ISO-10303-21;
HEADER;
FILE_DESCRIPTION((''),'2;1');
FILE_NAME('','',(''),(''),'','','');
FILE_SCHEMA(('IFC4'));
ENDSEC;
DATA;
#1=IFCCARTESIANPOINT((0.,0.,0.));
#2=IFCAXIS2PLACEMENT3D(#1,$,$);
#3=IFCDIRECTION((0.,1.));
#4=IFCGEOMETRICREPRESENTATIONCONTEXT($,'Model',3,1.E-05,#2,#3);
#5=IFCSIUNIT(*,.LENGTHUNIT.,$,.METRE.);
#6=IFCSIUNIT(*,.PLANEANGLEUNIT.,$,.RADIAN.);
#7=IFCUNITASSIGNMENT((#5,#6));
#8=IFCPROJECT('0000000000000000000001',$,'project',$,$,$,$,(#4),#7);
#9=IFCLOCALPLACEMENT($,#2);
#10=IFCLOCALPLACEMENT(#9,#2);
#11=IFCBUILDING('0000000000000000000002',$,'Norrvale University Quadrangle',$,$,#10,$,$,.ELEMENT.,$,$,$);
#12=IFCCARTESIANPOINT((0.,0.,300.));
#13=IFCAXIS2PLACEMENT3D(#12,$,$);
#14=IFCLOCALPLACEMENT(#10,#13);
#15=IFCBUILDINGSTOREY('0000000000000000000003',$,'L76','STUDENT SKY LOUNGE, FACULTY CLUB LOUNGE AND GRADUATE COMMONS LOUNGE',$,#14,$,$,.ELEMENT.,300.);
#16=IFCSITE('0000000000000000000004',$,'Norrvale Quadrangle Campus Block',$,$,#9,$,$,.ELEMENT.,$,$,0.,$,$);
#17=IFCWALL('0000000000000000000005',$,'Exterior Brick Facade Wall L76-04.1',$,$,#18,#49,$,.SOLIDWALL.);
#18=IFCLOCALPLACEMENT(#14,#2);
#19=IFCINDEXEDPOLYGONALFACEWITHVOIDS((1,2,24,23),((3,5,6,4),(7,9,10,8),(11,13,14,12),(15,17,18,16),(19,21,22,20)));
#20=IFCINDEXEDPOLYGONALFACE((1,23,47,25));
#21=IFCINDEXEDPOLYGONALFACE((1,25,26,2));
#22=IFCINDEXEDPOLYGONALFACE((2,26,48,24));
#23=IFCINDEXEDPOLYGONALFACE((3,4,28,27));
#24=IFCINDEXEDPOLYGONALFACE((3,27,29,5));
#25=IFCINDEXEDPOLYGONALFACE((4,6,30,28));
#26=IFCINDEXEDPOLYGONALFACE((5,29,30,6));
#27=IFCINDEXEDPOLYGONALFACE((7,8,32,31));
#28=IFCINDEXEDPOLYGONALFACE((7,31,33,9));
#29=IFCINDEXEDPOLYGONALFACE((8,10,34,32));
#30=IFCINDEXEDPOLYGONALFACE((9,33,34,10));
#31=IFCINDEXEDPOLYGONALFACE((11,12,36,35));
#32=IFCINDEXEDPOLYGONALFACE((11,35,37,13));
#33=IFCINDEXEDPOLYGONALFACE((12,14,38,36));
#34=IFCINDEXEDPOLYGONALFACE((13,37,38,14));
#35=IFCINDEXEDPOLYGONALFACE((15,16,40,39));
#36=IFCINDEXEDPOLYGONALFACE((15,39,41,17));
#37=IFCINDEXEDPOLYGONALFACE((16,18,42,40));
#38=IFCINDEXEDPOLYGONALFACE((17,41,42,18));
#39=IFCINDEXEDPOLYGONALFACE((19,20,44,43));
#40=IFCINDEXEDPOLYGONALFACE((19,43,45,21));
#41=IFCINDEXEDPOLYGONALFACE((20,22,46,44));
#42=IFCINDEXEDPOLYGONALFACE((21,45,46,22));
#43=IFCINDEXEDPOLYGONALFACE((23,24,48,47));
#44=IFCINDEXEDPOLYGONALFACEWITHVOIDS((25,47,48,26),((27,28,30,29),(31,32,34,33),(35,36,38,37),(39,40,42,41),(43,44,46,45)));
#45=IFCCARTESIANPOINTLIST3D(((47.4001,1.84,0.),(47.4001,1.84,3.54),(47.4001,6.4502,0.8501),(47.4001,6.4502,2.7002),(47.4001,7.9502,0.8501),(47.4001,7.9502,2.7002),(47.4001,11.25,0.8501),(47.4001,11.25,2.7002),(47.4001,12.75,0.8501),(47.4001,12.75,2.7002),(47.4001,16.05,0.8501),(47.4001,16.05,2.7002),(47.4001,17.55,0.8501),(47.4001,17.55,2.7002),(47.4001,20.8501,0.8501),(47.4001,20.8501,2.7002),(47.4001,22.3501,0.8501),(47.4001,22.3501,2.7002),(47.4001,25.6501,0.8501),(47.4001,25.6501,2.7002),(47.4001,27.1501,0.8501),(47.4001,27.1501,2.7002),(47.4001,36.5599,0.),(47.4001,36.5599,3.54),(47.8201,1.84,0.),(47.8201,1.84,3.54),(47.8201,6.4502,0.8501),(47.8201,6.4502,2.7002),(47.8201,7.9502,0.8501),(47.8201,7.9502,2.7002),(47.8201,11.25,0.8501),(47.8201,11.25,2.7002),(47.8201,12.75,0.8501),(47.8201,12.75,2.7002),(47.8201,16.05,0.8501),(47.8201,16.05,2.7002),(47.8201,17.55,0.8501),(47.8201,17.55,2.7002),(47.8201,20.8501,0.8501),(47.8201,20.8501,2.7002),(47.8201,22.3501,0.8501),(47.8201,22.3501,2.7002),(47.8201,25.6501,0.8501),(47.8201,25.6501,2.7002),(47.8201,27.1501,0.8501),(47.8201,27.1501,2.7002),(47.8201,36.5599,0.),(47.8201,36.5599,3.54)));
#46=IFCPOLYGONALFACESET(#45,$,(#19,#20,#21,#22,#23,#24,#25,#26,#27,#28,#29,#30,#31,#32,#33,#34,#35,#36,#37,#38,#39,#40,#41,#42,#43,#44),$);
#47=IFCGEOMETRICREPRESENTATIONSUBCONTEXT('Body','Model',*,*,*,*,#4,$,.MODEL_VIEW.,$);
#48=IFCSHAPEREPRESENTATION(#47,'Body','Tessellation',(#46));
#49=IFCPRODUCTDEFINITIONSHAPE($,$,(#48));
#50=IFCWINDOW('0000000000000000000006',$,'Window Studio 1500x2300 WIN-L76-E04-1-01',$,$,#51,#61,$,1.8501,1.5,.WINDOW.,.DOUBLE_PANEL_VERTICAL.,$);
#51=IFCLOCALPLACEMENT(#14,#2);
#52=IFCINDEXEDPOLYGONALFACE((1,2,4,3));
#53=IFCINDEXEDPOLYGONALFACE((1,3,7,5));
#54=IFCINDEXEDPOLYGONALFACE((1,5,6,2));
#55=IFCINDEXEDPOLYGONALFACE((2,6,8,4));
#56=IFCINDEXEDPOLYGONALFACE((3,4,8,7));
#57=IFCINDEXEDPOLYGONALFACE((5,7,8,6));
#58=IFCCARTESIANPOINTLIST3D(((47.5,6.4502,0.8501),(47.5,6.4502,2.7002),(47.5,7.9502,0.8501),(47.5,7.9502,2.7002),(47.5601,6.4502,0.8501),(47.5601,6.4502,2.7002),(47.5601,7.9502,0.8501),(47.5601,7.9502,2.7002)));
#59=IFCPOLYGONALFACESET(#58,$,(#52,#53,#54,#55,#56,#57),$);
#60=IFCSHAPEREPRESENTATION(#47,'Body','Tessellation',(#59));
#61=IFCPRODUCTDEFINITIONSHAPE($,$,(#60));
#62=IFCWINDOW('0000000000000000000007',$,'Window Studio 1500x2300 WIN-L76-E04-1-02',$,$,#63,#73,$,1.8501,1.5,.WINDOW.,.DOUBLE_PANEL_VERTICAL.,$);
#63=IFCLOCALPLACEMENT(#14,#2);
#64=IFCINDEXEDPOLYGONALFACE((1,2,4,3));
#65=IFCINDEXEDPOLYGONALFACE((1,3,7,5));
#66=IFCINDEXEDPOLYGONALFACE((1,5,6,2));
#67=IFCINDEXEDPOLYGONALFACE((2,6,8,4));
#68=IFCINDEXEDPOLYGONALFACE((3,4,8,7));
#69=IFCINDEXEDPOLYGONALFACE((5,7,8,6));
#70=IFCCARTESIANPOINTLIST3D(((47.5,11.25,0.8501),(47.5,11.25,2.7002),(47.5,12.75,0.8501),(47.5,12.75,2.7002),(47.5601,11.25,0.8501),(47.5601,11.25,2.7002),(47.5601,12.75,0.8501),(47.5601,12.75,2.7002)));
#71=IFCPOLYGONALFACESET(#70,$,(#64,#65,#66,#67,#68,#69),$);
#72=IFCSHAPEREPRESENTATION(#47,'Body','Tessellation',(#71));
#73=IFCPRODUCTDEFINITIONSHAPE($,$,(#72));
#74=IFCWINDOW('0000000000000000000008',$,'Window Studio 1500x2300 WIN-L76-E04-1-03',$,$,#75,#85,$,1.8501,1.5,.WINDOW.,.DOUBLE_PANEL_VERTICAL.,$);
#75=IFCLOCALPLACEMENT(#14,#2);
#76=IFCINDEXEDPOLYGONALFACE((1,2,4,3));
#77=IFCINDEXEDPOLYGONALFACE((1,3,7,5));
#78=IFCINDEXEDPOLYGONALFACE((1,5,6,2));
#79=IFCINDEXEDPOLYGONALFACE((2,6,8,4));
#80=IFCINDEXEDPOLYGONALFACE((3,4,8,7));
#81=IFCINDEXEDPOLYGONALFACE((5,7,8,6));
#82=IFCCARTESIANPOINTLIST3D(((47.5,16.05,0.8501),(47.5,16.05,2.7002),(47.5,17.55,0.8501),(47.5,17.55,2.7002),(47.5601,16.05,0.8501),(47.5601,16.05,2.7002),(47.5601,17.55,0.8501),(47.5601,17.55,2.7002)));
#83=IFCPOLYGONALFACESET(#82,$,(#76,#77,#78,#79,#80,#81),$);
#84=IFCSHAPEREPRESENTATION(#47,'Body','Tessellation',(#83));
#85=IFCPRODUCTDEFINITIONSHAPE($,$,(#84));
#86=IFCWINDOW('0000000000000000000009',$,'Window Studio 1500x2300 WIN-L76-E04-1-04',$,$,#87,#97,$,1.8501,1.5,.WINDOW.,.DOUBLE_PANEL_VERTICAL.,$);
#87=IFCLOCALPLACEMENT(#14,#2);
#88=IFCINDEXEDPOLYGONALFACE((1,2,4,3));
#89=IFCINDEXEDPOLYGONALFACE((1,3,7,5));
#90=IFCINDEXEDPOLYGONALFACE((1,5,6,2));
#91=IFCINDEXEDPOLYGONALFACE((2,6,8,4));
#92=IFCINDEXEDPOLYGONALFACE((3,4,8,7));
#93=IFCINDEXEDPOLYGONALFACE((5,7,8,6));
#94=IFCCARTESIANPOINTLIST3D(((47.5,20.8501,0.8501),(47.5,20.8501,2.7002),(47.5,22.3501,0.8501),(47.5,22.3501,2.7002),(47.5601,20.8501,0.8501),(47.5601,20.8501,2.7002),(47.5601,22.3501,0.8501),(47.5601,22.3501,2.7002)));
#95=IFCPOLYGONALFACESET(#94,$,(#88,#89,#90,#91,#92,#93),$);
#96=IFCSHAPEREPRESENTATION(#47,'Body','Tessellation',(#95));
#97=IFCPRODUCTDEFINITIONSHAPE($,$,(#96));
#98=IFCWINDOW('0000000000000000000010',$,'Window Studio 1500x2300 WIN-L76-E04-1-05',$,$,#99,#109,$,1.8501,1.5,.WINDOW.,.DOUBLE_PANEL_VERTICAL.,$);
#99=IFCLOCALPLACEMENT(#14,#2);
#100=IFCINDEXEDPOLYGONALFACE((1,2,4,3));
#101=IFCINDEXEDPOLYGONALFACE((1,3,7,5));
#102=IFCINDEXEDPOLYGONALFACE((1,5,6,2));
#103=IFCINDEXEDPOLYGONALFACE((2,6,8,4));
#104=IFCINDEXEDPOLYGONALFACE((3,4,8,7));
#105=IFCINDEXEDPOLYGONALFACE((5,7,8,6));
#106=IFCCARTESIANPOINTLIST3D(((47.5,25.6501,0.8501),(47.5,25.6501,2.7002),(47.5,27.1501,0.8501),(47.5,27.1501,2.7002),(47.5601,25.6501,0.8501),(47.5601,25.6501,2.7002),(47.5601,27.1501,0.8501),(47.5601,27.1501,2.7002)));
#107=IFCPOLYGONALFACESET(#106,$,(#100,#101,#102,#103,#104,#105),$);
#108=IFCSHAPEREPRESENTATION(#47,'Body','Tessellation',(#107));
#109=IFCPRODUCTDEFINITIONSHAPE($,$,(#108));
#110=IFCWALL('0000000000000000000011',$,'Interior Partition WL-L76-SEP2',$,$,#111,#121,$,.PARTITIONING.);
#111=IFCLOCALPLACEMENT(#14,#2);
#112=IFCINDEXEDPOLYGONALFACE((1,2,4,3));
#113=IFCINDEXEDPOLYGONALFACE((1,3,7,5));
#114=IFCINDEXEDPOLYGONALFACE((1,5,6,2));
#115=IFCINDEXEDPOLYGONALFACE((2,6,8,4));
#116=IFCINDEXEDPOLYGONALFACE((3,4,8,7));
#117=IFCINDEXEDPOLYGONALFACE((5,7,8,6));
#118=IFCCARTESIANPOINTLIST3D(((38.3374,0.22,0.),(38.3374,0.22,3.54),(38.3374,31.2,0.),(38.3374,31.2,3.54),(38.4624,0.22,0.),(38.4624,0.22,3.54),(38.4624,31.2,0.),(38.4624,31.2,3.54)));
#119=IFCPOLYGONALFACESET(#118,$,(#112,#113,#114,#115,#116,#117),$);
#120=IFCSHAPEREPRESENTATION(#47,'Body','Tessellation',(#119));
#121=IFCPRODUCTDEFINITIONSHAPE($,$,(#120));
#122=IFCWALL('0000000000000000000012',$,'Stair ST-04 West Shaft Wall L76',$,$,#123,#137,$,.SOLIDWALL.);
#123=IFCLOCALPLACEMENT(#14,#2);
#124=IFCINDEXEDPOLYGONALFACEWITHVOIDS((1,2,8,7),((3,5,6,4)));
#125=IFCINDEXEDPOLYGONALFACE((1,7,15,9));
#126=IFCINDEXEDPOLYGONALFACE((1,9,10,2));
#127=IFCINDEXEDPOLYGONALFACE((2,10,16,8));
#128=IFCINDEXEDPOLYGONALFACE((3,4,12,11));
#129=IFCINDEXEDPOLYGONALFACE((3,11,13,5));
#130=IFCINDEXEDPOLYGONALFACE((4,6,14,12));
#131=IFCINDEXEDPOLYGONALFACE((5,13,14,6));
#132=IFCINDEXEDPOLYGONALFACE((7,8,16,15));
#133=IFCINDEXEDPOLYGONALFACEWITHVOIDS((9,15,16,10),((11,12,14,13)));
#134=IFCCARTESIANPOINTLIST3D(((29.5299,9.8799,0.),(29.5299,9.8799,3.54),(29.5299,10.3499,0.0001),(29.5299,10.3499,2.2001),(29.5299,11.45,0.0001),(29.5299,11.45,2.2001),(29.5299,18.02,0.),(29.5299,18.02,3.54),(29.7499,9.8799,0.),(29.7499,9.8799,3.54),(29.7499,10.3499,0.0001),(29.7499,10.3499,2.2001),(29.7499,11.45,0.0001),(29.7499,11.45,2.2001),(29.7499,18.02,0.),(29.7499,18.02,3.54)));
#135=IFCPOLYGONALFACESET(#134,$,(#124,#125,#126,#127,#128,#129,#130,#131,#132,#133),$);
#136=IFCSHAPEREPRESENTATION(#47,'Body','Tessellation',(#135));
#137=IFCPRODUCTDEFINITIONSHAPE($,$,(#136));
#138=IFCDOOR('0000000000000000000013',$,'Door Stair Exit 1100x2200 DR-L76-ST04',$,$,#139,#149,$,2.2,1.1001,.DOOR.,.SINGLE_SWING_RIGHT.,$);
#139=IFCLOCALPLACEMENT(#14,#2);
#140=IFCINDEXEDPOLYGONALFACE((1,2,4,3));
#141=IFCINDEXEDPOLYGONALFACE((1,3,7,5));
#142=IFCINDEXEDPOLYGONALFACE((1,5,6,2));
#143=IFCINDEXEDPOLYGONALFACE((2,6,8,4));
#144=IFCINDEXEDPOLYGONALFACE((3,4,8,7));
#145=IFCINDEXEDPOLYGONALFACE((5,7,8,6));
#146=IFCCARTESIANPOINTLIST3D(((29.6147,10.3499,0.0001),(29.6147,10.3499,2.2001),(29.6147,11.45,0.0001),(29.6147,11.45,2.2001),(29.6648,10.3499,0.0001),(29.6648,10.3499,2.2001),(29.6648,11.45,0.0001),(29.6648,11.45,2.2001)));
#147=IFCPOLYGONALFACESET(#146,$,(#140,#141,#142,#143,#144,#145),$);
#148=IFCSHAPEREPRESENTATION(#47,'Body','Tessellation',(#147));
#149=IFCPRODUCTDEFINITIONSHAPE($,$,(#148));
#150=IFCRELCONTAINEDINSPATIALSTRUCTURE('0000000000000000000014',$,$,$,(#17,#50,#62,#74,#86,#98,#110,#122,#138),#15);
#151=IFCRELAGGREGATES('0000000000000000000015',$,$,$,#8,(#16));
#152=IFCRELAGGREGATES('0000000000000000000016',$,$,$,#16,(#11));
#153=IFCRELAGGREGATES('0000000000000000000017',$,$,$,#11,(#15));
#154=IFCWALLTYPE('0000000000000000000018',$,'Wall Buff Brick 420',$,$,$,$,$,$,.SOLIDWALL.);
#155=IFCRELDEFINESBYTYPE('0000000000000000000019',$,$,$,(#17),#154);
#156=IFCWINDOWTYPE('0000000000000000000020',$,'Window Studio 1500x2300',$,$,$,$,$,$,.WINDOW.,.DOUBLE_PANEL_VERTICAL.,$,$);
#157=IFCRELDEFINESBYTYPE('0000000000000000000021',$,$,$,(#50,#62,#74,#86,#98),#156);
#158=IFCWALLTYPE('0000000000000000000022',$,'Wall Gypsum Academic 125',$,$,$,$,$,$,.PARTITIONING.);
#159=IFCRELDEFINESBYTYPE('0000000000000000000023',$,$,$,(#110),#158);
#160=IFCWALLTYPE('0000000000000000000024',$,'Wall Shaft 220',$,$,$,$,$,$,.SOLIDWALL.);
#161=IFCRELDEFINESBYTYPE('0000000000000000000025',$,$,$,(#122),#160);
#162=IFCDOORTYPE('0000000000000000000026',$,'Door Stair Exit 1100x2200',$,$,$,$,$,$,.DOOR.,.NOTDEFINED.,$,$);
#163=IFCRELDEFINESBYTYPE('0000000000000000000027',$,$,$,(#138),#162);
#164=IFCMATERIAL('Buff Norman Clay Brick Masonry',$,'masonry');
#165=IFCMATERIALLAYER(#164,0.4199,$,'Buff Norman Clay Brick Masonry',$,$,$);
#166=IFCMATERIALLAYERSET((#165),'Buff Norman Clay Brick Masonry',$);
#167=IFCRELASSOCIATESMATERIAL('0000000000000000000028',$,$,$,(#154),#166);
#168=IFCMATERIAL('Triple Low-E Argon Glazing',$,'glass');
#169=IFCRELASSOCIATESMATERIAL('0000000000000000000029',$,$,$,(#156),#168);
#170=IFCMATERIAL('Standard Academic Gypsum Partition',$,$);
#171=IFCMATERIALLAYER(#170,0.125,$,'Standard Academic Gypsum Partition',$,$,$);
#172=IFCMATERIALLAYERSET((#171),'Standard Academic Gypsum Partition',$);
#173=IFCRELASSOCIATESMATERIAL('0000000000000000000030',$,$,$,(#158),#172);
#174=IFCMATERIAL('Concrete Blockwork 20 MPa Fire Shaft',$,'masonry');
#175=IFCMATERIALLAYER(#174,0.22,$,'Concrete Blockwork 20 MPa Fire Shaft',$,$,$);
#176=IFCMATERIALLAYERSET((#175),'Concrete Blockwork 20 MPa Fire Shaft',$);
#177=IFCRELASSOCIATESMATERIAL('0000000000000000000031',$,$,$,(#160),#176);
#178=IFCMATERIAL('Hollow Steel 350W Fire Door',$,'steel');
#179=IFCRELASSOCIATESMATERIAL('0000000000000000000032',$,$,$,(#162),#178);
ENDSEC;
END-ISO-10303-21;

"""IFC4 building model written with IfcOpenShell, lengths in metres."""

from ifc_helpers import new_model, si_unit, direction, frame, frame_2d, origin, place, context, subcontext, project, spatial, rectangle, extrude, material, layer, layer_set, type_object, element, fill, save


model = new_model("IFC4")

# Units and contexts
model_context = context("Model", 3, precision=1e-05, world=origin(), true_north=direction((0.0, 1.0)))
body_context = subcontext(model_context, "Body", "Model", "MODEL_VIEW")
ifc_project = project(units=[si_unit("LENGTHUNIT", "METRE"), si_unit("PLANEANGLEUNIT", "RADIAN")], contexts=[model_context])

# Site, building, storey
site_placement = place(None, origin())
site = spatial("IfcSite", under=ifc_project, at=site_placement, Name="Norrvale Quadrangle Campus Block", CompositionType="ELEMENT", RefElevation=0.0)
building_placement = place(site_placement, origin())
building = spatial("IfcBuilding", under=site, at=building_placement, Name="Norrvale University Quadrangle", CompositionType="ELEMENT")
storey_placement = place(building_placement, frame((0.0, 0.0, 300.0)))
storey = spatial("IfcBuildingStorey", under=building, at=storey_placement, Name="L76", Description="STUDENT SKY LOUNGE, FACULTY CLUB LOUNGE AND GRADUATE COMMONS LOUNGE", CompositionType="ELEMENT", Elevation=300.0)

# Shared definitions
ifc_material_1 = material(Name="Buff Norman Clay Brick Masonry", Category="masonry")
ifc_layer_1 = layer(ifc_material_1, 0.4199, Name="Buff Norman Clay Brick Masonry")
ifc_layer_set_1 = layer_set([ifc_layer_1], Name="Buff Norman Clay Brick Masonry")
wall_type_1 = type_object("IfcWallType", Name="Wall Buff Brick 420", PredefinedType="SOLIDWALL", material=ifc_layer_set_1)

# Wall, openings, windows
wall_1_placement = place(storey_placement, frame((47.6101, 1.8401, 0.0), z_axis=(0.0, 0.0, 1.0), x_axis=(0.0, 1.0, 0.0)))
wall_1 = element("IfcWall", 1, at=wall_1_placement, inside=storey, type_object=wall_type_1, Name="Exterior Brick Facade Wall L76-04.1", PredefinedType="SOLIDWALL", context=body_context, shape_type="SweptSolid", body=[
    extrude(rectangle(XDim=34.72, YDim=0.4199, at=frame_2d((17.3599, 0.0))), origin(), (0.0, 0.0, 1.0), 3.54),
])
opening_1_placement = place(wall_1_placement, frame((4.6101, 0.0, 0.8501)))
opening_1 = element("IfcOpeningElement", 2, at=opening_1_placement, cuts=wall_1, PredefinedType="OPENING", context=body_context, shape_type="SweptSolid", body=[
    extrude(rectangle(XDim=1.5, YDim=1.8501, at=frame_2d((0.75, 0.925))), frame((0.0, 0.2219, 0.0), z_axis=(0.0, -1.0, 0.0), x_axis=(1.0, 0.0, 0.0)), (0.0, 0.0, 1.0), 0.4438),
])
opening_2_placement = place(wall_1_placement, frame((9.4099, 0.0, 0.8501)))
opening_2 = element("IfcOpeningElement", 3, at=opening_2_placement, cuts=wall_1, PredefinedType="OPENING", context=body_context, shape_type="SweptSolid", body=[
    extrude(rectangle(XDim=1.5, YDim=1.8501, at=frame_2d((0.75, 0.925))), frame((0.0, 0.2219, 0.0), z_axis=(0.0, -1.0, 0.0), x_axis=(1.0, 0.0, 0.0)), (0.0, 0.0, 1.0), 0.4438),
])
opening_3_placement = place(wall_1_placement, frame((14.21, 0.0, 0.8501)))
opening_3 = element("IfcOpeningElement", 4, at=opening_3_placement, cuts=wall_1, PredefinedType="OPENING", context=body_context, shape_type="SweptSolid", body=[
    extrude(rectangle(XDim=1.5, YDim=1.8501, at=frame_2d((0.75, 0.925))), frame((0.0, 0.2219, 0.0), z_axis=(0.0, -1.0, 0.0), x_axis=(1.0, 0.0, 0.0)), (0.0, 0.0, 1.0), 0.4438),
])
opening_4_placement = place(wall_1_placement, frame((19.01, 0.0, 0.8501)))
opening_4 = element("IfcOpeningElement", 5, at=opening_4_placement, cuts=wall_1, PredefinedType="OPENING", context=body_context, shape_type="SweptSolid", body=[
    extrude(rectangle(XDim=1.5, YDim=1.8501, at=frame_2d((0.75, 0.925))), frame((0.0, 0.2219, 0.0), z_axis=(0.0, -1.0, 0.0), x_axis=(1.0, 0.0, 0.0)), (0.0, 0.0, 1.0), 0.4438),
])
opening_5_placement = place(wall_1_placement, frame((23.8101, 0.0, 0.8501)))
opening_5 = element("IfcOpeningElement", 6, at=opening_5_placement, cuts=wall_1, PredefinedType="OPENING", context=body_context, shape_type="SweptSolid", body=[
    extrude(rectangle(XDim=1.5, YDim=1.8501, at=frame_2d((0.75, 0.925))), frame((0.0, 0.2219, 0.0), z_axis=(0.0, -1.0, 0.0), x_axis=(1.0, 0.0, 0.0)), (0.0, 0.0, 1.0), 0.4438),
])
ifc_material_2 = material(Name="Triple Low-E Argon Glazing", Category="glass")
window_type = type_object("IfcWindowType", Name="Window Studio 1500x2300", PartitioningType="DOUBLE_PANEL_VERTICAL", PredefinedType="WINDOW", material=ifc_material_2)
window_1_placement = place(opening_1_placement, origin())
window_1 = element("IfcWindow", 7, at=window_1_placement, inside=storey, type_object=window_type, Name="Window Studio 1500x2300 WIN-L76-E04-1-01", OverallHeight=1.8501, OverallWidth=1.5, PartitioningType="DOUBLE_PANEL_VERTICAL", PredefinedType="WINDOW", context=body_context, shape_type="SweptSolid", body=[
    extrude(rectangle(XDim=1.5, YDim=1.8501, at=frame_2d((0.75, 0.925))), frame((0.0, 0.1101, 0.0), z_axis=(0.0, -1.0, 0.0), x_axis=(1.0, 0.0, 0.0)), (0.0, 0.0, 1.0), 0.0601),
])
fill(opening_1, window_1)
window_2_placement = place(opening_2_placement, origin())
window_2 = element("IfcWindow", 8, at=window_2_placement, inside=storey, type_object=window_type, Name="Window Studio 1500x2300 WIN-L76-E04-1-02", OverallHeight=1.8501, OverallWidth=1.5, PartitioningType="DOUBLE_PANEL_VERTICAL", PredefinedType="WINDOW", context=body_context, shape_type="SweptSolid", body=[
    extrude(rectangle(XDim=1.5, YDim=1.8501, at=frame_2d((0.75, 0.925))), frame((0.0, 0.1101, 0.0), z_axis=(0.0, -1.0, 0.0), x_axis=(1.0, 0.0, 0.0)), (0.0, 0.0, 1.0), 0.0601),
])
fill(opening_2, window_2)
window_3_placement = place(opening_3_placement, origin())
window_3 = element("IfcWindow", 9, at=window_3_placement, inside=storey, type_object=window_type, Name="Window Studio 1500x2300 WIN-L76-E04-1-03", OverallHeight=1.8501, OverallWidth=1.5, PartitioningType="DOUBLE_PANEL_VERTICAL", PredefinedType="WINDOW", context=body_context, shape_type="SweptSolid", body=[
    extrude(rectangle(XDim=1.5, YDim=1.8501, at=frame_2d((0.75, 0.925))), frame((0.0, 0.1101, 0.0), z_axis=(0.0, -1.0, 0.0), x_axis=(1.0, 0.0, 0.0)), (0.0, 0.0, 1.0), 0.0601),
])
fill(opening_3, window_3)
window_4_placement = place(opening_4_placement, origin())
window_4 = element("IfcWindow", 10, at=window_4_placement, inside=storey, type_object=window_type, Name="Window Studio 1500x2300 WIN-L76-E04-1-04", OverallHeight=1.8501, OverallWidth=1.5, PartitioningType="DOUBLE_PANEL_VERTICAL", PredefinedType="WINDOW", context=body_context, shape_type="SweptSolid", body=[
    extrude(rectangle(XDim=1.5, YDim=1.8501, at=frame_2d((0.75, 0.925))), frame((0.0, 0.1101, 0.0), z_axis=(0.0, -1.0, 0.0), x_axis=(1.0, 0.0, 0.0)), (0.0, 0.0, 1.0), 0.0601),
])
fill(opening_4, window_4)
window_5_placement = place(opening_5_placement, origin())
window_5 = element("IfcWindow", 11, at=window_5_placement, inside=storey, type_object=window_type, Name="Window Studio 1500x2300 WIN-L76-E04-1-05", OverallHeight=1.8501, OverallWidth=1.5, PartitioningType="DOUBLE_PANEL_VERTICAL", PredefinedType="WINDOW", context=body_context, shape_type="SweptSolid", body=[
    extrude(rectangle(XDim=1.5, YDim=1.8501, at=frame_2d((0.75, 0.925))), frame((0.0, 0.1101, 0.0), z_axis=(0.0, -1.0, 0.0), x_axis=(1.0, 0.0, 0.0)), (0.0, 0.0, 1.0), 0.0601),
])
fill(opening_5, window_5)

# Wall
ifc_material_3 = material(Name="Standard Academic Gypsum Partition")
ifc_layer_2 = layer(ifc_material_3, 0.125, Name="Standard Academic Gypsum Partition")
ifc_layer_set_2 = layer_set([ifc_layer_2], Name="Standard Academic Gypsum Partition")
wall_type_2 = type_object("IfcWallType", Name="Wall Gypsum Academic 125", PredefinedType="PARTITIONING", material=ifc_layer_set_2)
wall_2_placement = place(storey_placement, frame((38.3999, 0.22, 0.0), z_axis=(0.0, 0.0, 1.0), x_axis=(0.0, 1.0, 0.0)))
element("IfcWall", 12, at=wall_2_placement, inside=storey, type_object=wall_type_2, Name="Interior Partition WL-L76-SEP2", PredefinedType="PARTITIONING", context=body_context, shape_type="SweptSolid", body=[
    extrude(rectangle(XDim=30.98, YDim=0.125, at=frame_2d((15.49, 0.0))), origin(), (0.0, 0.0, 1.0), 3.54),
])

# Wall, opening, door
ifc_material_4 = material(Name="Concrete Blockwork 20 MPa Fire Shaft", Category="masonry")
ifc_layer_3 = layer(ifc_material_4, 0.22, Name="Concrete Blockwork 20 MPa Fire Shaft")
ifc_layer_set_3 = layer_set([ifc_layer_3], Name="Concrete Blockwork 20 MPa Fire Shaft")
wall_type_3 = type_object("IfcWallType", Name="Wall Shaft 220", PredefinedType="SOLIDWALL", material=ifc_layer_set_3)
wall_3_placement = place(storey_placement, frame((29.6399, 9.8799, 0.0), z_axis=(0.0, 0.0, 1.0), x_axis=(0.0, 1.0, 0.0)))
wall_3 = element("IfcWall", 13, at=wall_3_placement, inside=storey, type_object=wall_type_3, Name="Stair ST-04 West Shaft Wall L76", PredefinedType="SOLIDWALL", context=body_context, shape_type="SweptSolid", body=[
    extrude(rectangle(XDim=8.1401, YDim=0.22, at=frame_2d((4.0701, 0.0))), origin(), (0.0, 0.0, 1.0), 3.54),
])
opening_6_placement = place(wall_3_placement, frame((0.47, 0.0, 0.0)))
opening_6 = element("IfcOpeningElement", 14, at=opening_6_placement, cuts=wall_3, PredefinedType="OPENING", context=body_context, shape_type="SweptSolid", body=[
    extrude(rectangle(XDim=1.1001, YDim=2.2, at=frame_2d((0.55, 1.1001))), frame((0.0, 0.1221, 0.0), z_axis=(0.0, -1.0, 0.0), x_axis=(1.0, 0.0, 0.0)), (0.0, 0.0, 1.0), 0.2439),
])
ifc_material_5 = material(Name="Hollow Steel 350W Fire Door", Category="steel")
door_type = type_object("IfcDoorType", Name="Door Stair Exit 1100x2200", OperationType="NOTDEFINED", PredefinedType="DOOR", material=ifc_material_5)
door_placement = place(opening_6_placement, frame((1.1001, 0.0, 0.0), z_axis=(0.0, 0.0, 1.0), x_axis=(-1.0, 0.0, 0.0)))
door = element("IfcDoor", 15, at=door_placement, inside=storey, type_object=door_type, Name="Door Stair Exit 1100x2200 DR-L76-ST04", OperationType="SINGLE_SWING_RIGHT", OverallHeight=2.2, OverallWidth=1.1001, PredefinedType="DOOR", context=body_context, shape_type="SweptSolid", body=[
    extrude(rectangle(XDim=1.1001, YDim=2.2, at=frame_2d((0.55, 1.1001))), frame((0.0, 0.0249, 0.0), z_axis=(0.0, -1.0, 0.0), x_axis=(1.0, 0.0, 0.0)), (0.0, 0.0, 1.0), 0.05),
])
fill(opening_6, door)

save(model, "model.ifc")
